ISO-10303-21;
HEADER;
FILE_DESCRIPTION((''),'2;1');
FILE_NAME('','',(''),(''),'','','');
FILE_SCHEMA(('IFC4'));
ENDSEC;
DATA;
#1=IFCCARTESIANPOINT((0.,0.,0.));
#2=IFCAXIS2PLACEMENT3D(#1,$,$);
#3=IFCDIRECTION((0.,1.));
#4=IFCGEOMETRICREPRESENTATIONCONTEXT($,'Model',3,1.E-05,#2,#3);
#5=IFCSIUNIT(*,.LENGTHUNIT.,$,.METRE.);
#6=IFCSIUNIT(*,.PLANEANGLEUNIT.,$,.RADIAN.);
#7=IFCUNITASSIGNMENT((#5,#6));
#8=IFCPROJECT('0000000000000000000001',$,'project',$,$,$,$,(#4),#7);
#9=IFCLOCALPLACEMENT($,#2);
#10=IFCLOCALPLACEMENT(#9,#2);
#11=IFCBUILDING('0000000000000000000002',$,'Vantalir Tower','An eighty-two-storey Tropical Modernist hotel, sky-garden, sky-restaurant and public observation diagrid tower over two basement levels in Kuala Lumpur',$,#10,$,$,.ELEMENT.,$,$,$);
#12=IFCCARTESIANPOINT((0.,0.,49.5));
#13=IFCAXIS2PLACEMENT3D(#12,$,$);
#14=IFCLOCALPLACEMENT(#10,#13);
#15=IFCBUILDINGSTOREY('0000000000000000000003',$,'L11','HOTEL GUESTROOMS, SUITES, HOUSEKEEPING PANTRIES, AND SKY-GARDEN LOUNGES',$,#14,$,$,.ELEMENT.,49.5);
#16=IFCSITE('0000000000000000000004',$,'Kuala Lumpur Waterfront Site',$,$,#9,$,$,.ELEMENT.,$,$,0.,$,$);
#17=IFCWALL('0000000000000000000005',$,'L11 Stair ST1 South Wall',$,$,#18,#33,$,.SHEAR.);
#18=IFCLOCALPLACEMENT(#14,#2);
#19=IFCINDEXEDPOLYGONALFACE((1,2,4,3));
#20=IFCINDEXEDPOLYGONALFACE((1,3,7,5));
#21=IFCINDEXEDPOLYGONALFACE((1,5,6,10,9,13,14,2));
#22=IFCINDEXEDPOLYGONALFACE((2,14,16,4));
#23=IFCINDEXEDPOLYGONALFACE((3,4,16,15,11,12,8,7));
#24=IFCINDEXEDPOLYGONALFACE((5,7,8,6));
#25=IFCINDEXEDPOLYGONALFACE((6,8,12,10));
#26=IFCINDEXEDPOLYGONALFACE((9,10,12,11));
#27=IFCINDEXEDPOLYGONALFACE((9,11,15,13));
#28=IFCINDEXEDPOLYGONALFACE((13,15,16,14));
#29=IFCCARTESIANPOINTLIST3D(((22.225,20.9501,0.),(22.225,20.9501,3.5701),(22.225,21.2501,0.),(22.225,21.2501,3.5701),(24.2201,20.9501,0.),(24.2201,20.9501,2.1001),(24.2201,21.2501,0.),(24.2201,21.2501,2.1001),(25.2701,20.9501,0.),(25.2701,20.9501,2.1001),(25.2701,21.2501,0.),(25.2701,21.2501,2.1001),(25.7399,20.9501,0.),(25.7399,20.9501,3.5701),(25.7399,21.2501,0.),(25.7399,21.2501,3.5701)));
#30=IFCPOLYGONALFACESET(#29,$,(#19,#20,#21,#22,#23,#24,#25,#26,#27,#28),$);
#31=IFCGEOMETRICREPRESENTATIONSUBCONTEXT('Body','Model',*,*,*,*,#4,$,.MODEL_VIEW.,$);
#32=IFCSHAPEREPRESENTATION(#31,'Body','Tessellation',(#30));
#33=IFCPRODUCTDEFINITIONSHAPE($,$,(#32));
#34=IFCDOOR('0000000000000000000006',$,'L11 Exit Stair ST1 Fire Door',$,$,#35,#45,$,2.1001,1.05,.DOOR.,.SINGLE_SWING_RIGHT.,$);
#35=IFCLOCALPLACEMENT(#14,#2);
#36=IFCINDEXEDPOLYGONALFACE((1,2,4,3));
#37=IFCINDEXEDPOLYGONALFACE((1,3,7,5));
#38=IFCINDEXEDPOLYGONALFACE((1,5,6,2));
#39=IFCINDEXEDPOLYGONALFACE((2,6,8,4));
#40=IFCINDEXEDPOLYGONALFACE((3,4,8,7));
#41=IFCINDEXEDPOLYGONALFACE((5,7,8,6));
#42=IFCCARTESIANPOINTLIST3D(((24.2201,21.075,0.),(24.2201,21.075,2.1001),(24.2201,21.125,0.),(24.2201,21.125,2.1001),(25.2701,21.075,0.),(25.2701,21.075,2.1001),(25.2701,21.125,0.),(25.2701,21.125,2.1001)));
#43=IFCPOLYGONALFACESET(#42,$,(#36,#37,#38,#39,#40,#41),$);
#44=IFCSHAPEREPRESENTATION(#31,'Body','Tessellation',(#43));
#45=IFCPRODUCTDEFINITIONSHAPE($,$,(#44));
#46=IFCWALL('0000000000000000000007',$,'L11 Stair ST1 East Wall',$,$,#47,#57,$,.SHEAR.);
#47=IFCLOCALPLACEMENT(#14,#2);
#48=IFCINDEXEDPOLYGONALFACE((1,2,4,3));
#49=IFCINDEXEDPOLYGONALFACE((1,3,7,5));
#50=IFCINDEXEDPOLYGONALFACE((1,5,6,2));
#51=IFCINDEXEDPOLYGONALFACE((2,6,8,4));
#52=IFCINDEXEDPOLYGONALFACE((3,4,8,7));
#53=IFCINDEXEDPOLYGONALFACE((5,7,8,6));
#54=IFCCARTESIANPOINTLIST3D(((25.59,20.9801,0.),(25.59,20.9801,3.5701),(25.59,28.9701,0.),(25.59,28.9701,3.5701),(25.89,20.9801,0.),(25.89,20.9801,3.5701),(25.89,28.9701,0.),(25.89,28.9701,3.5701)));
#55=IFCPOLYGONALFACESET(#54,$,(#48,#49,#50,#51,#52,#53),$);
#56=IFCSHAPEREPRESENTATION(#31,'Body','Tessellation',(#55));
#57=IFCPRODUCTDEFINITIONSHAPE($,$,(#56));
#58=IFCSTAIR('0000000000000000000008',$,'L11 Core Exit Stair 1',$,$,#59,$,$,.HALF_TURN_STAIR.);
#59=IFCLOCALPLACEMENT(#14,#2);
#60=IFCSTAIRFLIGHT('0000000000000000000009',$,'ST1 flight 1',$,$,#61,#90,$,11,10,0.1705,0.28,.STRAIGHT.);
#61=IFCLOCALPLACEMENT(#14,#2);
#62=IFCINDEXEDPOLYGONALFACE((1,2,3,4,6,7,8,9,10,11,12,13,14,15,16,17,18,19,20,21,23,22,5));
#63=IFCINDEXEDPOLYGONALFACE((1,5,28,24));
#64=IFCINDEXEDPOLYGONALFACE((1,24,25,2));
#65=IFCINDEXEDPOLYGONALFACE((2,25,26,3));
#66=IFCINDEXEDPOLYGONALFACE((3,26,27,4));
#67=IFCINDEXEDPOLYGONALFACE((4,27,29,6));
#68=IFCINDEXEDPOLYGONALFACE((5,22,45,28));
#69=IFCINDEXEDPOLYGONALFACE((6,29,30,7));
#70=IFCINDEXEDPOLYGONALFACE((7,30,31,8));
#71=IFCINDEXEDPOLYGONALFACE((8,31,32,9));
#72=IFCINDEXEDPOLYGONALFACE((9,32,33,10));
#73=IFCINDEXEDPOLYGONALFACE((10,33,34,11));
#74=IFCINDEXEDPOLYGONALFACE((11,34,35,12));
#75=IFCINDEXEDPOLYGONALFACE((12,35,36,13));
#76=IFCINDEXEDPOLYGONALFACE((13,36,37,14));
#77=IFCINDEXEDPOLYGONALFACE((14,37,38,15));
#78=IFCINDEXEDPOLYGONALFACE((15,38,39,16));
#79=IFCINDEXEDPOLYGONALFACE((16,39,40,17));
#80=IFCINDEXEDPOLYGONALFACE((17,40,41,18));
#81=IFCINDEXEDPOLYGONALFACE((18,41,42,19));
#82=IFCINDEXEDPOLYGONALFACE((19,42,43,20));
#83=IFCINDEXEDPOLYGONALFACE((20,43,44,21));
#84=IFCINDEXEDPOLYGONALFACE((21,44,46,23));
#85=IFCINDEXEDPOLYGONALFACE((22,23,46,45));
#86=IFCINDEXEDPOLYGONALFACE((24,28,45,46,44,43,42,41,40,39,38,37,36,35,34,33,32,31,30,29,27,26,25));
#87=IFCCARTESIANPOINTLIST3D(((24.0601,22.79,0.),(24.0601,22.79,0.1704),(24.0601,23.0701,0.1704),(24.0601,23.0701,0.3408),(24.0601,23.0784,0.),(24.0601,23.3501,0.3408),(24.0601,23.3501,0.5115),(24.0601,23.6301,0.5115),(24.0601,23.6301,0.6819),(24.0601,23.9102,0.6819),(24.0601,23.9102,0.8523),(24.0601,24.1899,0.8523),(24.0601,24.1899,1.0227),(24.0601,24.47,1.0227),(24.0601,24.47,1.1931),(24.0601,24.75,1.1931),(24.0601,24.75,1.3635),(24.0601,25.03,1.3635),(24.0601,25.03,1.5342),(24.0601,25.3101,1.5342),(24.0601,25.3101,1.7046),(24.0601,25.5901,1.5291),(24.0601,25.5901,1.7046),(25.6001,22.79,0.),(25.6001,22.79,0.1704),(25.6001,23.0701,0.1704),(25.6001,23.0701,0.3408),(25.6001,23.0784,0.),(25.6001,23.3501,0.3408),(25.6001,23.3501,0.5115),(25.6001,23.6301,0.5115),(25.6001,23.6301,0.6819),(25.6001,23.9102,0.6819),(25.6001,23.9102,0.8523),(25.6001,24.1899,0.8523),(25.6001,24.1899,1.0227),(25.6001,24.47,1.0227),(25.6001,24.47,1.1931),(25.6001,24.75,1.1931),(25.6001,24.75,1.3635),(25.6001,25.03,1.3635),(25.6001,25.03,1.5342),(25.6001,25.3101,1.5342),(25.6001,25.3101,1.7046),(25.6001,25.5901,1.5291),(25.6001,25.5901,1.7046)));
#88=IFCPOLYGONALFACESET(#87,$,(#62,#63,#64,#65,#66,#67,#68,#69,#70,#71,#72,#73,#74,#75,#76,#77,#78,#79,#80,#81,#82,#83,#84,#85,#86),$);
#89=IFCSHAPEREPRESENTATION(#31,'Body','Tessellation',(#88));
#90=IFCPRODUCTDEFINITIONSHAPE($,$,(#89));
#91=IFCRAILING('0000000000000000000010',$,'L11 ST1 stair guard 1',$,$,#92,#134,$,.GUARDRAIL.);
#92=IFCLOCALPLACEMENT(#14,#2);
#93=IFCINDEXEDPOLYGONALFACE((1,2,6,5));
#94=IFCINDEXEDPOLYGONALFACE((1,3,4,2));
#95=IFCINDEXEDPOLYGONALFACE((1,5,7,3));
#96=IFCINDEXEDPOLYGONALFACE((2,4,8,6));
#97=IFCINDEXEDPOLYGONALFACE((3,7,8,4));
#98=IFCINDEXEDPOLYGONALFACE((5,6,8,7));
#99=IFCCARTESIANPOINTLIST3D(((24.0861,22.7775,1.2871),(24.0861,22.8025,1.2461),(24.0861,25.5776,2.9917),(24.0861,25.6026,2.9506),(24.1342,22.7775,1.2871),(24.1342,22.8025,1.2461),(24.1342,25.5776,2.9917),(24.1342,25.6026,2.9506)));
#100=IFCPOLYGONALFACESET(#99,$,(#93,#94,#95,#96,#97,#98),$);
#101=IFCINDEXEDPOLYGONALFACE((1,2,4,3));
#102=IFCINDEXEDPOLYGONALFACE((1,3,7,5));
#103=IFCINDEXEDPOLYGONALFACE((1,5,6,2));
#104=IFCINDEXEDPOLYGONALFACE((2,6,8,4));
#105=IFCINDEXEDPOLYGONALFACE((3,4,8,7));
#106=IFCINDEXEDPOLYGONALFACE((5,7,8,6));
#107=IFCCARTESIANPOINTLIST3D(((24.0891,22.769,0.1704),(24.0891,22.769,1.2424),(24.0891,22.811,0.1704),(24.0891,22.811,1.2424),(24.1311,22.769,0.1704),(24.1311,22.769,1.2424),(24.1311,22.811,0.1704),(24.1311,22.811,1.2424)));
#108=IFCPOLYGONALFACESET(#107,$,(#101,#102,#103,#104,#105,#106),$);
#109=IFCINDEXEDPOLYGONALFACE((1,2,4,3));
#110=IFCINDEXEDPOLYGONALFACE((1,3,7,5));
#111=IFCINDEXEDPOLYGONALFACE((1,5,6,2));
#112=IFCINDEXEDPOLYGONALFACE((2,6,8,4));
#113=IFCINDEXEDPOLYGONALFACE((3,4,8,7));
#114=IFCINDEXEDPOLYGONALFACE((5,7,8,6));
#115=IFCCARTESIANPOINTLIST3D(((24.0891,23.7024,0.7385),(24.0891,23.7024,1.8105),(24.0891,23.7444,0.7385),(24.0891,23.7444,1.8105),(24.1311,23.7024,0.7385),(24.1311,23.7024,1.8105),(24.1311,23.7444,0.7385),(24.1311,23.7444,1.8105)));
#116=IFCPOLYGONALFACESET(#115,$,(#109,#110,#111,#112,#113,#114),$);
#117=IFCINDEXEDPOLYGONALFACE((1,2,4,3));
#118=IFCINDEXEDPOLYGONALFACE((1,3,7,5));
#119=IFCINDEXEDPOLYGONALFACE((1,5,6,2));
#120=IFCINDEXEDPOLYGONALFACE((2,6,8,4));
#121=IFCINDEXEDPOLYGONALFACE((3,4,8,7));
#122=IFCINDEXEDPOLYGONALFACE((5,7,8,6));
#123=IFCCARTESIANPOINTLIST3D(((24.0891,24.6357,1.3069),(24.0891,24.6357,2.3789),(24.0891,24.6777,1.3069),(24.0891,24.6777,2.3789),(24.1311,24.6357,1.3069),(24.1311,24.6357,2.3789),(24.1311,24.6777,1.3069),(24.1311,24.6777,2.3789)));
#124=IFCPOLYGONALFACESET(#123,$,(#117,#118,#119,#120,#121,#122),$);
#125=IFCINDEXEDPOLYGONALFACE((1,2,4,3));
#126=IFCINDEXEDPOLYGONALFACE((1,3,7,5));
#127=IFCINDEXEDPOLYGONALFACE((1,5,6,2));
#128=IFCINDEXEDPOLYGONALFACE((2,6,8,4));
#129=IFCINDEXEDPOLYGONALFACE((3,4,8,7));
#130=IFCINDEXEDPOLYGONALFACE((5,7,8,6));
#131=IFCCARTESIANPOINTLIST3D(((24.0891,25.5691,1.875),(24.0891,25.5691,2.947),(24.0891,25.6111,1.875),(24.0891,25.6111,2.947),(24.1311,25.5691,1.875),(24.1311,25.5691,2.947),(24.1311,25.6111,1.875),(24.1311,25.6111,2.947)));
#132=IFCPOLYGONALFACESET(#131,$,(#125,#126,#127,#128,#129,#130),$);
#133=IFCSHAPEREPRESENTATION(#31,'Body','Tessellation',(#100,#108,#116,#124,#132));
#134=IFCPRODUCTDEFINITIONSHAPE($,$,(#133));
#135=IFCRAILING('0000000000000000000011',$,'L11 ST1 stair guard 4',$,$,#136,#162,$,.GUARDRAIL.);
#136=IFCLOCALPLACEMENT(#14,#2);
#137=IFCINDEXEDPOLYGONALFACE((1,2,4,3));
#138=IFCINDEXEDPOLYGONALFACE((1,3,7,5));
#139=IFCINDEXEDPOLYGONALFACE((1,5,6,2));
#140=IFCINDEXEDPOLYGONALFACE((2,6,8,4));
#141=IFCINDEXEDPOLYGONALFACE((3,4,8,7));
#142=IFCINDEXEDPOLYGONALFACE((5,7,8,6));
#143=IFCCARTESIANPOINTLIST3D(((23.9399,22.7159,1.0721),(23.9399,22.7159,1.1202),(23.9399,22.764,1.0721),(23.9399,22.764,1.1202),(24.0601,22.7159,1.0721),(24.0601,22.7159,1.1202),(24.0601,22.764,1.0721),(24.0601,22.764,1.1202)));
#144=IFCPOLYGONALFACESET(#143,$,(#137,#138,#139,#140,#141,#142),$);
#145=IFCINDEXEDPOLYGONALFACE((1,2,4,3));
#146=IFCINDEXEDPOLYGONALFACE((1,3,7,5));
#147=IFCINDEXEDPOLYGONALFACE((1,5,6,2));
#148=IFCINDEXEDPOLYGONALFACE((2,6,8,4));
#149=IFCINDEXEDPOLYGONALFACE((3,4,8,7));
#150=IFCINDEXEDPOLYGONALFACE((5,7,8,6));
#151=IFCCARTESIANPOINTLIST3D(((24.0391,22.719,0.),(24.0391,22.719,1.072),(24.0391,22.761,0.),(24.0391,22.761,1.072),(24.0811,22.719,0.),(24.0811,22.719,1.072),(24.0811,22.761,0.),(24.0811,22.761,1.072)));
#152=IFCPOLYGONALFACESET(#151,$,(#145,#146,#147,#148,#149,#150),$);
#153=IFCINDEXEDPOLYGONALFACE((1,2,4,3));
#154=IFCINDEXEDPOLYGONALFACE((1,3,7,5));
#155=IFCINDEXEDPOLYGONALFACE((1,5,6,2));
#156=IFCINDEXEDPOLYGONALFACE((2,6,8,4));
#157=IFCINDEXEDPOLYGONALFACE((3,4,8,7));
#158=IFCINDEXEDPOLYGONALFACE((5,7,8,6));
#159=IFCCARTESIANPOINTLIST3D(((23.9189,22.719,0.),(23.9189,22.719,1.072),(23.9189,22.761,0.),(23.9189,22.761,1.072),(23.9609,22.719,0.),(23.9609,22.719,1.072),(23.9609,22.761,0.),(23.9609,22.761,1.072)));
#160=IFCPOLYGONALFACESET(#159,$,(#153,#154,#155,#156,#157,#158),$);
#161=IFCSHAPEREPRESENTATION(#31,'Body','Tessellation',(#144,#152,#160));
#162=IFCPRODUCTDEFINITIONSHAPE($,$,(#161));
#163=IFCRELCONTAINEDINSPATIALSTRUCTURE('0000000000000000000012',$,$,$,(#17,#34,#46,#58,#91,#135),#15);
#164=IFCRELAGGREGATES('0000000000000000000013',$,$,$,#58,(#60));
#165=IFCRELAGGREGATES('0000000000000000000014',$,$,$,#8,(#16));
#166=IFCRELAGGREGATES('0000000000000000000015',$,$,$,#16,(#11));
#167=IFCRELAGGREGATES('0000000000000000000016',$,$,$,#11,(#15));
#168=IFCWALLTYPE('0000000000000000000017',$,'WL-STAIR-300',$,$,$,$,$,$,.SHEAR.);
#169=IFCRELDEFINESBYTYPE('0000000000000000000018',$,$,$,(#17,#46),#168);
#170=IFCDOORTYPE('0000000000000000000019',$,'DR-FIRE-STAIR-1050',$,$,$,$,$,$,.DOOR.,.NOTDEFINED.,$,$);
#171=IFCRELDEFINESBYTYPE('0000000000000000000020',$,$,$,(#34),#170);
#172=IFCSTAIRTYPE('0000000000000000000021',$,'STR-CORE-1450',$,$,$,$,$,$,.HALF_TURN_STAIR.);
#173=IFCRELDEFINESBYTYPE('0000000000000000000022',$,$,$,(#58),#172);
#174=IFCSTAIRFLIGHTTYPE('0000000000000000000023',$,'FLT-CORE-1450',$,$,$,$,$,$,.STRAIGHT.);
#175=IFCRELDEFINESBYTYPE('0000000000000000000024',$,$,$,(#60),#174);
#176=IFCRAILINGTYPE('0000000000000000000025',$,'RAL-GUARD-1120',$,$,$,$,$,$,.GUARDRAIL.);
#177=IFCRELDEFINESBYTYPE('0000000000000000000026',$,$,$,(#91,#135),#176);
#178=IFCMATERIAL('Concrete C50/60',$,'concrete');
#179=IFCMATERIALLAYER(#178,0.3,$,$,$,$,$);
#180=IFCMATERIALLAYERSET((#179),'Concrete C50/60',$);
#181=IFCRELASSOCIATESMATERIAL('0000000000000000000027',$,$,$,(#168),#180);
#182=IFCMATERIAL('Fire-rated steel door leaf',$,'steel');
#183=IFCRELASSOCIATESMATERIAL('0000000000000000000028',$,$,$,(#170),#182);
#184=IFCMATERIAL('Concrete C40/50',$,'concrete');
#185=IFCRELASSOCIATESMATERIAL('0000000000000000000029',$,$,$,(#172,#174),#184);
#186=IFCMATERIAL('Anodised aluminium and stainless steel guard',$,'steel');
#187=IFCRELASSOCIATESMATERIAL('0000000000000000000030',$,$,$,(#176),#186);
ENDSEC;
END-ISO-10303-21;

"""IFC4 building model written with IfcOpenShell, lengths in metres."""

from ifc_helpers import new_model, si_unit, direction, frame, frame_2d, origin, origin_2d, place, context, subcontext, project, spatial, polyline, rectangle, outline, extrude, material, layer, layer_set, type_object, element, fill, aggregate, save


model = new_model("IFC4")

# Units and contexts
model_context = context("Model", 3, precision=1e-05, world=origin(), true_north=direction((0.0, 1.0)))
body_context = subcontext(model_context, "Body", "Model", "MODEL_VIEW")
ifc_project = project(units=[si_unit("LENGTHUNIT", "METRE"), si_unit("PLANEANGLEUNIT", "RADIAN")], contexts=[model_context])

# Site, building, storey
site_placement = place(None, origin())
site = spatial("IfcSite", under=ifc_project, at=site_placement, Name="Kuala Lumpur Waterfront Site", CompositionType="ELEMENT", RefElevation=0.0)
building_placement = place(site_placement, origin())
building = spatial("IfcBuilding", under=site, at=building_placement, Name="Vantalir Tower", Description="An eighty-two-storey Tropical Modernist hotel, sky-garden, sky-restaurant and public observation diagrid tower over two basement levels in Kuala Lumpur", CompositionType="ELEMENT")
storey_placement = place(building_placement, frame((0.0, 0.0, 49.5)))
storey = spatial("IfcBuildingStorey", under=building, at=storey_placement, Name="L11", Description="HOTEL GUESTROOMS, SUITES, HOUSEKEEPING PANTRIES, AND SKY-GARDEN LOUNGES", CompositionType="ELEMENT", Elevation=49.5)

# Wall, opening, door
ifc_material_1 = material(Name="Concrete C50/60", Category="concrete")
ifc_layer_1 = layer(ifc_material_1, 0.3)
ifc_layer_set_1 = layer_set([ifc_layer_1], Name="Concrete C50/60")
wall_type_1 = type_object("IfcWallType", Name="WL-STAIR-300", PredefinedType="SHEAR", material=ifc_layer_set_1)
wall_1_placement = place(storey_placement, frame((22.2251, 21.1001, 0.0), z_axis=(0.0, 0.0, 1.0), x_axis=(1.0, 0.0, 0.0)))
wall_1 = element("IfcWall", 1, at=wall_1_placement, inside=storey, type_object=wall_type_1, Name="L11 Stair ST1 South Wall", PredefinedType="SHEAR", context=body_context, shape_type="SweptSolid", body=[
    extrude(rectangle(XDim=3.5149, YDim=0.3, at=frame_2d((1.7573, 0.0))), origin(), (0.0, 0.0, 1.0), 3.5701),
])
opening_1_placement = place(wall_1_placement, frame((1.9951, 0.0, 0.0)))
opening_1 = element("IfcOpeningElement", 2, at=opening_1_placement, cuts=wall_1, PredefinedType="OPENING", context=body_context, shape_type="SweptSolid", body=[
    extrude(rectangle(XDim=1.05, YDim=2.1001, at=frame_2d((0.5249, 1.05))), frame((0.0, 0.1599, 0.0), z_axis=(0.0, -1.0, 0.0), x_axis=(1.0, 0.0, 0.0)), (0.0, 0.0, 1.0), 0.3201),
])
ifc_material_2 = material(Name="Fire-rated steel door leaf", Category="steel")
door_type_1 = type_object("IfcDoorType", Name="DR-FIRE-STAIR-1050", OperationType="NOTDEFINED", PredefinedType="DOOR", material=ifc_material_2)
door_1_placement = place(opening_1_placement, origin())
door_1 = element("IfcDoor", 3, at=door_1_placement, inside=storey, type_object=door_type_1, Name="L11 Exit Stair ST1 Fire Door", OperationType="SINGLE_SWING_RIGHT", OverallHeight=2.1001, OverallWidth=1.05, PredefinedType="DOOR", context=body_context, shape_type="SweptSolid", body=[
    extrude(rectangle(XDim=1.05, YDim=2.1001, at=frame_2d((0.5249, 1.05))), frame((0.0, 0.0249, 0.0), z_axis=(0.0, -1.0, 0.0), x_axis=(1.0, 0.0, 0.0)), (0.0, 0.0, 1.0), 0.05),
])
fill(opening_1, door_1)

# Wall
wall_2_placement = place(storey_placement, frame((25.74, 20.98, 0.0), z_axis=(0.0, 0.0, 1.0), x_axis=(0.0, 1.0, 0.0)))
element("IfcWall", 4, at=wall_2_placement, inside=storey, type_object=wall_type_1, Name="L11 Stair ST1 East Wall", PredefinedType="SHEAR", context=body_context, shape_type="SweptSolid", body=[
    extrude(rectangle(XDim=7.99, YDim=0.3, at=frame_2d((3.9951, 0.0))), origin(), (0.0, 0.0, 1.0), 3.5701),
])

# Stair, stair flight
ifc_material_3 = material(Name="Concrete C40/50", Category="concrete")
stair_type = type_object("IfcStairType", Name="STR-CORE-1450", PredefinedType="HALF_TURN_STAIR", material=ifc_material_3)
stair_placement = place(storey_placement, origin())
stair = element("IfcStair", 5, at=stair_placement, inside=storey, type_object=stair_type, Name="L11 Core Exit Stair 1", PredefinedType="HALF_TURN_STAIR")
stair_flight_type = type_object("IfcStairFlightType", Name="FLT-CORE-1450", PredefinedType="STRAIGHT", material=ifc_material_3)
stair_flight_placement = place(storey_placement, frame((24.8301, 22.79, 0.0), z_axis=(0.0, 0.0, 1.0), x_axis=(0.0, 1.0, 0.0)))
stair_flight = element("IfcStairFlight", 6, at=stair_flight_placement, type_object=stair_flight_type, Name="ST1 flight 1", NumberOfRisers=11, NumberOfTreads=10, PredefinedType="STRAIGHT", RiserHeight=0.1705, TreadLength=0.28, context=body_context, shape_type="SweptSolid", body=[
    extrude(outline(polyline([(0.0, 0.0), (0.0, 0.1704), (0.28, 0.1704), (0.28, 0.3408), (0.5601, 0.3408), (0.5601, 0.5115), (0.8401, 0.5115), (0.8401, 0.6819), (1.1201, 0.6819), (1.1201, 0.8523), (1.3999, 0.8523), (1.3999, 1.0227), (1.6799, 1.0227), (1.6799, 1.1931), (1.96, 1.1931), (1.96, 1.3635), (2.24, 1.3635), (2.24, 1.5342), (2.52, 1.5342), (2.52, 1.7046), (2.8, 1.7046), (2.8, 1.875), (2.8, 1.5291), (0.2883, 0.0), (0.0, 0.0)])), frame((0.0, 0.77, 0.0), z_axis=(0.0, -1.0, 0.0), x_axis=(1.0, 0.0, 0.0)), (0.0, 0.0, 1.0), 1.54),
])
aggregate(stair, [stair_flight])

# Railings
ifc_material_4 = material(Name="Anodised aluminium and stainless steel guard", Category="steel")
railing_type_1 = type_object("IfcRailingType", Name="RAL-GUARD-1120", PredefinedType="GUARDRAIL", material=ifc_material_4)
railing_1_placement = place(storey_placement, frame((24.1101, 22.79, 0.1704)))
element("IfcRailing", 7, at=railing_1_placement, inside=storey, type_object=railing_type_1, Name="L11 ST1 stair guard 1", PredefinedType="GUARDRAIL", context=body_context, shape_type="SweptSolid", body=[
    extrude(rectangle(XDim=0.0481, YDim=0.0481, at=origin_2d()), frame((0.0, 0.0, 1.0962), z_axis=(0.0, 0.85417, 0.519994), x_axis=(-1.0, 0.0, 0.0)), (0.0, 0.0, 1.0), 3.2781),
    extrude(rectangle(XDim=0.042, YDim=0.042, at=origin_2d()), origin(), (0.0, 0.0, 1.0), 1.072),
    extrude(rectangle(XDim=0.042, YDim=0.042, at=origin_2d()), frame((0.0, 0.9333, 0.5681)), (0.0, 0.0, 1.0), 1.072),
    extrude(rectangle(XDim=0.042, YDim=0.042, at=origin_2d()), frame((0.0, 1.8667, 1.1365)), (0.0, 0.0, 1.0), 1.072),
    extrude(rectangle(XDim=0.042, YDim=0.042, at=origin_2d()), frame((0.0, 2.8, 1.7046)), (0.0, 0.0, 1.0), 1.072),
])
railing_2_placement = place(storey_placement, frame((24.0601, 22.74, 0.0)))
element("IfcRailing", 8, at=railing_2_placement, inside=storey, type_object=railing_type_1, Name="L11 ST1 stair guard 4", PredefinedType="GUARDRAIL", context=body_context, shape_type="SweptSolid", body=[
    extrude(rectangle(XDim=0.0481, YDim=0.0481, at=origin_2d()), frame((0.0, 0.0, 1.0962), z_axis=(-1.0, 0.0, 0.0), x_axis=(0.0, -1.0, 0.0)), (0.0, 0.0, 1.0), 0.1201),
    extrude(rectangle(XDim=0.042, YDim=0.042, at=origin_2d()), origin(), (0.0, 0.0, 1.0), 1.072),
    extrude(rectangle(XDim=0.042, YDim=0.042, at=origin_2d()), frame((-0.1201, 0.0, 0.0)), (0.0, 0.0, 1.0), 1.072),
])

save(model, "model.ifc")
